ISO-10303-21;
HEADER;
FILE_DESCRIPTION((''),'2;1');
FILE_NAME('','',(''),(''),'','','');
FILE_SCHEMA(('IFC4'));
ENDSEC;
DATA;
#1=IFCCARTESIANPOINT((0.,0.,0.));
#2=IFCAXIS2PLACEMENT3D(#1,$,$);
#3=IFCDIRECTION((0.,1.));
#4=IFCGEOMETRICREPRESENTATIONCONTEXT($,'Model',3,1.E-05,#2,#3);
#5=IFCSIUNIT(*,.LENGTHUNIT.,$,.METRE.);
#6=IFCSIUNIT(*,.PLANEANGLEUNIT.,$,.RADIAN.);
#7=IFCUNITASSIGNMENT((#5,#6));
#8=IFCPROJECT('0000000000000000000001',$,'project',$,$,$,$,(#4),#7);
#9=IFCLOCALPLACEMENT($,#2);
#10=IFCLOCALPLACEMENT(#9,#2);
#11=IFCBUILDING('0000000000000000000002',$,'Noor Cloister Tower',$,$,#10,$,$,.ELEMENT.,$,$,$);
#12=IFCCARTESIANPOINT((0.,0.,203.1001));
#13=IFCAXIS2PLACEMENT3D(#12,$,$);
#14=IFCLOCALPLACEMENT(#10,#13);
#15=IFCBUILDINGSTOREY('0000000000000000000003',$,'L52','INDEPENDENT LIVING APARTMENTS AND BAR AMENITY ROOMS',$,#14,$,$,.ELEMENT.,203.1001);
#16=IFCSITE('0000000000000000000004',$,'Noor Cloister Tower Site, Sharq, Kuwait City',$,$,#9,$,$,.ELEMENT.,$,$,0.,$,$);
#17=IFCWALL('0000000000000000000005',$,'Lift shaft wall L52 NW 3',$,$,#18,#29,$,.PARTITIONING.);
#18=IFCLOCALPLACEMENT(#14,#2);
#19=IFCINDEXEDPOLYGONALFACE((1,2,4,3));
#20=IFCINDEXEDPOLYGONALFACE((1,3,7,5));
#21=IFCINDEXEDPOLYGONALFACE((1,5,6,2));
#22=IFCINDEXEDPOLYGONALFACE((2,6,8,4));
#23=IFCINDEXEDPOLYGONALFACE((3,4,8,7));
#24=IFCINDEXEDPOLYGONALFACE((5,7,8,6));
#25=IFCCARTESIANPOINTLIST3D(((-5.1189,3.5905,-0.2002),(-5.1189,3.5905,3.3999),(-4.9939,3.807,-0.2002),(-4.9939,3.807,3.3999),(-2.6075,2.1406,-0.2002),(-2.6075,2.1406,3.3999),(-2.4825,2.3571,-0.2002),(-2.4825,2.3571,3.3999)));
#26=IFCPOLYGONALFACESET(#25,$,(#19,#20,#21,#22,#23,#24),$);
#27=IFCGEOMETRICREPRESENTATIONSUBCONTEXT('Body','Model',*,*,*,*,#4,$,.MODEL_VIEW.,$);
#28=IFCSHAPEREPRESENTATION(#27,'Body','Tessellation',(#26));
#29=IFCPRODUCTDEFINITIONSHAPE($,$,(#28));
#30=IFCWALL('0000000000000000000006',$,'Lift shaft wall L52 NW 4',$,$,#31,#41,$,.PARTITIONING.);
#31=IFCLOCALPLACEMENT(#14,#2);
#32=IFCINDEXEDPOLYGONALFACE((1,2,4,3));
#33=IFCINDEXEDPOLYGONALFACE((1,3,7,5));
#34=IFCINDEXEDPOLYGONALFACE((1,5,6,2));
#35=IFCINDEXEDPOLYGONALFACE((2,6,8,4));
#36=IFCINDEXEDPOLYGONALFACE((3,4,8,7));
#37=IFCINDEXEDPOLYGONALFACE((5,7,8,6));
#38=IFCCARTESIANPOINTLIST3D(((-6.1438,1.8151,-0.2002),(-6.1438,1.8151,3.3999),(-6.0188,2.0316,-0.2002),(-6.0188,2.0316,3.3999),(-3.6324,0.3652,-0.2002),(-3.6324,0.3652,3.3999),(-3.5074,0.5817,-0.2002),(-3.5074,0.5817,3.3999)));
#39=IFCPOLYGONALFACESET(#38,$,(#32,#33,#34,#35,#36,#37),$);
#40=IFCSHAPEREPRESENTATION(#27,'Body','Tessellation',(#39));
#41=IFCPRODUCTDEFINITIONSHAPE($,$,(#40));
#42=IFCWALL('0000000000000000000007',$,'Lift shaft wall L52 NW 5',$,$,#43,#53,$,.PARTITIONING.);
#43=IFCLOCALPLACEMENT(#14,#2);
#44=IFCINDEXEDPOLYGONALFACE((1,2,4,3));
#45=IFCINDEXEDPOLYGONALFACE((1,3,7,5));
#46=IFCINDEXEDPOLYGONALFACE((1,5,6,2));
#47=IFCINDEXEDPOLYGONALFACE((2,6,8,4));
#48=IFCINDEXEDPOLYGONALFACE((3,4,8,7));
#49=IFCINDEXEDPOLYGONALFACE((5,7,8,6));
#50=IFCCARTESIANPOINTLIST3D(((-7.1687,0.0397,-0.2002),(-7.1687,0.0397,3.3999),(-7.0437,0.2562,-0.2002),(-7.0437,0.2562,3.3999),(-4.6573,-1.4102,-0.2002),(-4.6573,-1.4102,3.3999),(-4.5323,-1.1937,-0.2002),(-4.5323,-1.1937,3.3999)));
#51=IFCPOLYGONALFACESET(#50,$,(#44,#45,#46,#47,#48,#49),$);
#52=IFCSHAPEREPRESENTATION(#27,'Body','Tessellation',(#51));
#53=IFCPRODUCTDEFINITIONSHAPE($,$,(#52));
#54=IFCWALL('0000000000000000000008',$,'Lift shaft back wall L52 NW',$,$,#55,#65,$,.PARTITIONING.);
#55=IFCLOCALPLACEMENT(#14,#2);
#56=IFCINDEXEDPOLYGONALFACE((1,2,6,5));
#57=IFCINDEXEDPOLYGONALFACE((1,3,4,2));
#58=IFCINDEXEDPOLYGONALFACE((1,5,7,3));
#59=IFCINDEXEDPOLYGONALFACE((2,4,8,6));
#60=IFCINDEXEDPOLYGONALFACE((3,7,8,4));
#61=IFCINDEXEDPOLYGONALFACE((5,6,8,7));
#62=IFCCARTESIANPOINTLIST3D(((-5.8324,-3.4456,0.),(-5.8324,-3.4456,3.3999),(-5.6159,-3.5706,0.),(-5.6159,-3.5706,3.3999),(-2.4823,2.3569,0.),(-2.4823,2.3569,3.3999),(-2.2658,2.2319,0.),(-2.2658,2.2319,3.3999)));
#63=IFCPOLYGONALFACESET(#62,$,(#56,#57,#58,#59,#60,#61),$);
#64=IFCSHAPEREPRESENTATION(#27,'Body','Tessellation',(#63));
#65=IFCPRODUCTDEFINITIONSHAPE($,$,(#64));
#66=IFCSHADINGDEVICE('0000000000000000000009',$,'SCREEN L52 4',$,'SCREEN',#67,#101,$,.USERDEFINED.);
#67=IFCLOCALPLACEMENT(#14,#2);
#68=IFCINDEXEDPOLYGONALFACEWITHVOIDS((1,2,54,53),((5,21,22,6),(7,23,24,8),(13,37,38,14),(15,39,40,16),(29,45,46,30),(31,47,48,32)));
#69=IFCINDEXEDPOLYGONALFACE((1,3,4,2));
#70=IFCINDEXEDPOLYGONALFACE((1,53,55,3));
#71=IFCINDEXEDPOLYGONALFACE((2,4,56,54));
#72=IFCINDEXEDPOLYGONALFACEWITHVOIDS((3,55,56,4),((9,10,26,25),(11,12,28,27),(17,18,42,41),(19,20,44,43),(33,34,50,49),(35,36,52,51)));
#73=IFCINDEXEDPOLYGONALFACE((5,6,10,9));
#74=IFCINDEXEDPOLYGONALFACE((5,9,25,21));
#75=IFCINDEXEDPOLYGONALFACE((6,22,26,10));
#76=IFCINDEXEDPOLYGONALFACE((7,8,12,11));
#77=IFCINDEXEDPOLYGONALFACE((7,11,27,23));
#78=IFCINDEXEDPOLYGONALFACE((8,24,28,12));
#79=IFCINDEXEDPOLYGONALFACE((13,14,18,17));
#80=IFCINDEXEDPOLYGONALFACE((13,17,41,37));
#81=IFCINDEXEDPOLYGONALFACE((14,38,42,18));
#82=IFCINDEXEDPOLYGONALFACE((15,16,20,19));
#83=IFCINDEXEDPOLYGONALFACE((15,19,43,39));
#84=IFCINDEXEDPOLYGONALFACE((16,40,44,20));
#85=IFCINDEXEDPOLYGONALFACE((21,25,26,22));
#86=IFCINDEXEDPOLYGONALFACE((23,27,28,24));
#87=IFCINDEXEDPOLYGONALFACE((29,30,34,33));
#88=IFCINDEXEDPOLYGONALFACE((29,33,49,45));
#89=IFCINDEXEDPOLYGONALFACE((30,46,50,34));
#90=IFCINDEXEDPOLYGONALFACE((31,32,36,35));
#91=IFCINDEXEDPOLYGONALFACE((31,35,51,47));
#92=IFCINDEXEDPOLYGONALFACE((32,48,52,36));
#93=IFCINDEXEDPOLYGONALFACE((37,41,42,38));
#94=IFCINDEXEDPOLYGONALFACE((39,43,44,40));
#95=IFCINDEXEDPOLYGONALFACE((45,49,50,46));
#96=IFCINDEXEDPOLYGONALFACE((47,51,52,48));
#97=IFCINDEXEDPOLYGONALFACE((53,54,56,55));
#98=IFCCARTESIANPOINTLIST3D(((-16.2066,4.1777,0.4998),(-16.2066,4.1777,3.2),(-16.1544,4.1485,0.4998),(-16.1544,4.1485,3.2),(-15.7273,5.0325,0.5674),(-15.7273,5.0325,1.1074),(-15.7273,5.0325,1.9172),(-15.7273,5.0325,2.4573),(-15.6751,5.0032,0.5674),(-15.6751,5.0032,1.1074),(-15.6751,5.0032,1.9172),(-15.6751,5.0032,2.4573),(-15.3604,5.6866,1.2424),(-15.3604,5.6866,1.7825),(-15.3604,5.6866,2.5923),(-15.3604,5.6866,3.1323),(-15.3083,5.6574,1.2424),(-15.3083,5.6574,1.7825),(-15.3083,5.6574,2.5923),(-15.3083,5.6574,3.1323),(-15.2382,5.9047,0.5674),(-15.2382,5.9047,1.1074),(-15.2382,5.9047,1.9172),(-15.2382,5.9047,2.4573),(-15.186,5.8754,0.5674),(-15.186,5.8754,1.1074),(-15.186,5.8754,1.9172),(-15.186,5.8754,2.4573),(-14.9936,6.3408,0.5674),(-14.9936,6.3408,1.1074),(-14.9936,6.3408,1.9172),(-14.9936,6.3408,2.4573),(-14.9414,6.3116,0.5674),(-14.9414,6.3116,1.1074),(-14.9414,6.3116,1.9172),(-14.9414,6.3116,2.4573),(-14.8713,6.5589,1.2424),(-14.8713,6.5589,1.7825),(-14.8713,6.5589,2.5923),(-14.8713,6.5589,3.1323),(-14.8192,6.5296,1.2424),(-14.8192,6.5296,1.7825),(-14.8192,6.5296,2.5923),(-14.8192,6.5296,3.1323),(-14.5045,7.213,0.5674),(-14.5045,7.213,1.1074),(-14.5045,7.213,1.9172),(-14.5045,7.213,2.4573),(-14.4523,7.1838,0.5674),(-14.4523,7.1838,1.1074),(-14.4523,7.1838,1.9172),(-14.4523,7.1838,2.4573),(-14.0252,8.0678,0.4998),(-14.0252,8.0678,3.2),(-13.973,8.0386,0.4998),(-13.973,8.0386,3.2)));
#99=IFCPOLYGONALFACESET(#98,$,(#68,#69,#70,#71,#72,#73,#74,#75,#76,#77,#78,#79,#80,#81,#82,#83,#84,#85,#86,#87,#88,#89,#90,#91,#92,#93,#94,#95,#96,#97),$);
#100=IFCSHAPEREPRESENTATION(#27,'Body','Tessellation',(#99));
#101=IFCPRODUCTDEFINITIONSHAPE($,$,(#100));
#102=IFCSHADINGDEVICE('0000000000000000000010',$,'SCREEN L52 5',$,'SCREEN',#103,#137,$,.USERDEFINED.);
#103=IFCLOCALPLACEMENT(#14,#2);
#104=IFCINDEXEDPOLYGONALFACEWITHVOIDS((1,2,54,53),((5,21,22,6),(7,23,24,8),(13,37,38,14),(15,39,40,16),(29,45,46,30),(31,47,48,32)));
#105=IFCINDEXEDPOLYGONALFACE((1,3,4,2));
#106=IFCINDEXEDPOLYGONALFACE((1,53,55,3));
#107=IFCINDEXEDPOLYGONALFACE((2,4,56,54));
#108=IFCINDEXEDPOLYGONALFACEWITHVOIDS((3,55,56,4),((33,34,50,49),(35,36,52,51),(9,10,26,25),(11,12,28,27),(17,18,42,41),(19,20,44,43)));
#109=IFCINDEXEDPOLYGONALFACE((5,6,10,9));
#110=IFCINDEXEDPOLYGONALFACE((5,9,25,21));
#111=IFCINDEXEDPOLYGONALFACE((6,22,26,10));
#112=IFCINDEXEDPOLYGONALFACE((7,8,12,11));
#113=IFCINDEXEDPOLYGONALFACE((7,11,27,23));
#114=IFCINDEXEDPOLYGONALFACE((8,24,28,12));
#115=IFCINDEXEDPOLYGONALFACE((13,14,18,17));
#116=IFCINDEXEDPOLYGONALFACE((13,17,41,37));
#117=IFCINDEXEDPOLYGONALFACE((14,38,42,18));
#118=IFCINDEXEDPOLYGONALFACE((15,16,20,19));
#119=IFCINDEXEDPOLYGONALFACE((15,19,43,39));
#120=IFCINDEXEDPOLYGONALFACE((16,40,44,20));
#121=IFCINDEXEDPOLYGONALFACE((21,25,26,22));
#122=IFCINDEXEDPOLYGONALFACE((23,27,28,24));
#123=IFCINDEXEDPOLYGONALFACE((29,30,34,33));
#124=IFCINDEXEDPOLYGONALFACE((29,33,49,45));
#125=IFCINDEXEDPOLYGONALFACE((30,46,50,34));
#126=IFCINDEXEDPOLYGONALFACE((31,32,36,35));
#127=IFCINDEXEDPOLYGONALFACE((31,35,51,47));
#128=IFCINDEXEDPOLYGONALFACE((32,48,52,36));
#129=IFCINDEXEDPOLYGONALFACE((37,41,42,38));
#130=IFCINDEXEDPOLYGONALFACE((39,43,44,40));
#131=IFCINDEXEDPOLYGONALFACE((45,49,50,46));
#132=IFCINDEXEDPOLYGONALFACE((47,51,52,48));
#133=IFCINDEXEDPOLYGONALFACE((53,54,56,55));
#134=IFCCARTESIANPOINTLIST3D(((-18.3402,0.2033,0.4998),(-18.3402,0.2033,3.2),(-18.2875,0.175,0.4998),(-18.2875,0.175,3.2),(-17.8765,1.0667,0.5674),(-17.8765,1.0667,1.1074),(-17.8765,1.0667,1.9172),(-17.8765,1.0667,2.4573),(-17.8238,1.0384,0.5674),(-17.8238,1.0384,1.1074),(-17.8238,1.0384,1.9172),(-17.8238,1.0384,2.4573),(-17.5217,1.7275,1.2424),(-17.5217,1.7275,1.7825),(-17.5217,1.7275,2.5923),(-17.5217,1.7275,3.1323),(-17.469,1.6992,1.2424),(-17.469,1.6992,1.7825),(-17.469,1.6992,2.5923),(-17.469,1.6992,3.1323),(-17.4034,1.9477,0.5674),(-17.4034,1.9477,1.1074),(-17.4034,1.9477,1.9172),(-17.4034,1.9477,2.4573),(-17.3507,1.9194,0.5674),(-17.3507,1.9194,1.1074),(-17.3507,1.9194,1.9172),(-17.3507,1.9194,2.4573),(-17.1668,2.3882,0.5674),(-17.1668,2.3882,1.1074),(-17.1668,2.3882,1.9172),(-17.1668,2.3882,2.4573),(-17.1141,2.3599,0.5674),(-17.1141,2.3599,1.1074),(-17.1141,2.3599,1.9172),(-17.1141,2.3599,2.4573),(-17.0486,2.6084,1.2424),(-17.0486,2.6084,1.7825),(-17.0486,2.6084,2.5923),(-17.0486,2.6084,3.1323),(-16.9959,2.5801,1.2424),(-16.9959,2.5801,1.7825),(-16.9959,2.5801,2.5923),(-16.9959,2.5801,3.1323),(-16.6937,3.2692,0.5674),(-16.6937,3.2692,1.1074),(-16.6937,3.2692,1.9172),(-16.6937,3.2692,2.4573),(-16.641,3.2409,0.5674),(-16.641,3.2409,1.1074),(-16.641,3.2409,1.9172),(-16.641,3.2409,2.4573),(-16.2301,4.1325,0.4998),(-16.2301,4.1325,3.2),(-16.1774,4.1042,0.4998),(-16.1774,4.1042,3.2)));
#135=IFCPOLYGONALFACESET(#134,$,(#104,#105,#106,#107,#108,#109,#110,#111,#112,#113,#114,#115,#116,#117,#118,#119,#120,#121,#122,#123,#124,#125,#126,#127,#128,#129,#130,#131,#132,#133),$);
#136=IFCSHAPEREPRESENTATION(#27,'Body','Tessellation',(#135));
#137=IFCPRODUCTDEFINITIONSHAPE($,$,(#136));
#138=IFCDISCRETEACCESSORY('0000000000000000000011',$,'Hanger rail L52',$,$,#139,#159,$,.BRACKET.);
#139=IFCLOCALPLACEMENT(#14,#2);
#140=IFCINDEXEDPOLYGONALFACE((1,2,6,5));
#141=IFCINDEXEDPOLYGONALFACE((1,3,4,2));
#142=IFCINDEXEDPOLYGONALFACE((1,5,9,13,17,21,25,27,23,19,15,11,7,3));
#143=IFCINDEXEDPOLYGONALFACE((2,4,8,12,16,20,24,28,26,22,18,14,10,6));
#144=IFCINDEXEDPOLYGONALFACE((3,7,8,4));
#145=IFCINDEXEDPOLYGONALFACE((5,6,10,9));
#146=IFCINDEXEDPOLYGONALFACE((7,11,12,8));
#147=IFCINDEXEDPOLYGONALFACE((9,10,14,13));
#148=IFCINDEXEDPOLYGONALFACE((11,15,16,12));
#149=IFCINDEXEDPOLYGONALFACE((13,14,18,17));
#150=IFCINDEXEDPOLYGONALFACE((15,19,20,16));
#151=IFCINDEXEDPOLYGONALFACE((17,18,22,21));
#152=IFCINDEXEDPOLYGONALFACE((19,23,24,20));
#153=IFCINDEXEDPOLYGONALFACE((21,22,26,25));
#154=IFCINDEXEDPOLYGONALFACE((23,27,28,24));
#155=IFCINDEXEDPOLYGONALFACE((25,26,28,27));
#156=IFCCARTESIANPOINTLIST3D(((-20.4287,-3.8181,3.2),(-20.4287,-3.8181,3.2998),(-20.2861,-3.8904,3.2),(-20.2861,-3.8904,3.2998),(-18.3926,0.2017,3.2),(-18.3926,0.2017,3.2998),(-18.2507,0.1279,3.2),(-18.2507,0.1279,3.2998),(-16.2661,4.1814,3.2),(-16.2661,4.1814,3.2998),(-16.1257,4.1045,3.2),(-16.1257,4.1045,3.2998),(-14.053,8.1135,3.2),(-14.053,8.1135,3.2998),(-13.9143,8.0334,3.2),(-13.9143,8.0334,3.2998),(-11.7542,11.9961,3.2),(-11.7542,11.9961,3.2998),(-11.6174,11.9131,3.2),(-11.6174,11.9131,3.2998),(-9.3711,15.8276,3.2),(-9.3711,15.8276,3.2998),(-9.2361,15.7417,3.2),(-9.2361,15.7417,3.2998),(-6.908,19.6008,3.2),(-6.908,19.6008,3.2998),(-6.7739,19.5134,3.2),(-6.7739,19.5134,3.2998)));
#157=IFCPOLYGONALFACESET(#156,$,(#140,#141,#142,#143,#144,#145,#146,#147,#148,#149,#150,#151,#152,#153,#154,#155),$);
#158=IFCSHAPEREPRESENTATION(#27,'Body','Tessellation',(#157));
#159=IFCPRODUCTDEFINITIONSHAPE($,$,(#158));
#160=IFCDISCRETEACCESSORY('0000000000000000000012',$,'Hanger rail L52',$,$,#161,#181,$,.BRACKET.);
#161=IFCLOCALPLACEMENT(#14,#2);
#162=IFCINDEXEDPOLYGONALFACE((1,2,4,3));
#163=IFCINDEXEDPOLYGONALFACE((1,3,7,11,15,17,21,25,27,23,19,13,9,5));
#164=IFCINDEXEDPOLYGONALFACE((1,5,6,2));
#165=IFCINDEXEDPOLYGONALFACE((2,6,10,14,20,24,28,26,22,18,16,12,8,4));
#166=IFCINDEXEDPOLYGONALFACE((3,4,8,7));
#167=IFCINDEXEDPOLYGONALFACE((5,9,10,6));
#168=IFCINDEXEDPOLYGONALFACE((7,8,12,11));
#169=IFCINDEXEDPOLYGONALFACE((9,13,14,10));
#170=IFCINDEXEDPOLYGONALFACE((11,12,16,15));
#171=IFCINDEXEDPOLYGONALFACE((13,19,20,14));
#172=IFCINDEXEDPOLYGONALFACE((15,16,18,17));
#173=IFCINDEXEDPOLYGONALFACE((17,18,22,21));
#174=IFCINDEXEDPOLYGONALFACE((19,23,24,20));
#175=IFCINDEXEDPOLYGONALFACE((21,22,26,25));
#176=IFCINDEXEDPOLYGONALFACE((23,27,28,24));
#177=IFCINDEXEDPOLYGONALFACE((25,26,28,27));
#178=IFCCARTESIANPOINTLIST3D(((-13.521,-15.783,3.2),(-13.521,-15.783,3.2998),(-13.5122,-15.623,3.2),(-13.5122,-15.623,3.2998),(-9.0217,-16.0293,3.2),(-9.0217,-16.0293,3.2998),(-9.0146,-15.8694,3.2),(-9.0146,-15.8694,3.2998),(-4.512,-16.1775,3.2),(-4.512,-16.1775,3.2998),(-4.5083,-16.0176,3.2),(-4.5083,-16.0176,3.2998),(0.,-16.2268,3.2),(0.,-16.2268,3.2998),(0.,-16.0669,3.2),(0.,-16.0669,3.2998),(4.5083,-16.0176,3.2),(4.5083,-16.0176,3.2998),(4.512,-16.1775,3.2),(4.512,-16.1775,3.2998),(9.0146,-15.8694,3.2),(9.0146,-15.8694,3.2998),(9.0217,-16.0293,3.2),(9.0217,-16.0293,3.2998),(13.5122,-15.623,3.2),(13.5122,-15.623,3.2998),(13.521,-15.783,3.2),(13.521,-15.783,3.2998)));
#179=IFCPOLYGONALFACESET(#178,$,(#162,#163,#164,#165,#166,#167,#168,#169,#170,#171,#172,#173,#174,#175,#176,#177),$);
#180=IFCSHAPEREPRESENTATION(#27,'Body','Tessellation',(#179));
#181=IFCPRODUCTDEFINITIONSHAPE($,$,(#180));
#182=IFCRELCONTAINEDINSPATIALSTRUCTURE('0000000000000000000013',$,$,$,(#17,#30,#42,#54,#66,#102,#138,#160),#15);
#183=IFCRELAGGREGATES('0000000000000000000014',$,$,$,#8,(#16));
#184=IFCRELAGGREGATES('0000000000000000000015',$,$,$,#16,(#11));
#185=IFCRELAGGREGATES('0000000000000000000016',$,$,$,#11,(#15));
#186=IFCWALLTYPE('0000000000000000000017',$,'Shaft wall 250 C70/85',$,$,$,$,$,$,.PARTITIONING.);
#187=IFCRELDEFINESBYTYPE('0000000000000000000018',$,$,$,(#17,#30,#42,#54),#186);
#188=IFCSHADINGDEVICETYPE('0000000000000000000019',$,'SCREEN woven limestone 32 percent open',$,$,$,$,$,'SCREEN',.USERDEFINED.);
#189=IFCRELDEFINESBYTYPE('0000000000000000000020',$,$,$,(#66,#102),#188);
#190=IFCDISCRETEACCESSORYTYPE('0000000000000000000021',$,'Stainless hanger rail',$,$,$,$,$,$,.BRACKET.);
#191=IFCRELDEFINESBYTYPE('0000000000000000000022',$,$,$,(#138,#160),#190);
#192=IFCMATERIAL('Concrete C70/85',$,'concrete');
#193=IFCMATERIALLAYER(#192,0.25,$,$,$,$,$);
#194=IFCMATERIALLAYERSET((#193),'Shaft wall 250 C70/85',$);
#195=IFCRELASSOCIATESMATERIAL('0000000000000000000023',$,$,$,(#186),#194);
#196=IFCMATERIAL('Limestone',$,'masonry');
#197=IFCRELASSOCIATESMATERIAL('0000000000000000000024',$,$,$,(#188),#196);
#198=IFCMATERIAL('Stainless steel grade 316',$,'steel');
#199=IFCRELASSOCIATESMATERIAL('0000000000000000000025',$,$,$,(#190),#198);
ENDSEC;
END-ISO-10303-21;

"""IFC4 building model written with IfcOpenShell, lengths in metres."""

from ifc_helpers import new_model, si_unit, direction, frame, frame_2d, origin, place, context, subcontext, project, spatial, polyline, rectangle, outline, extrude, material, layer, layer_set, material_profile, profile_set, type_object, element, save


model = new_model("IFC4")

# Units and contexts
model_context = context("Model", 3, precision=1e-05, world=origin(), true_north=direction((0.0, 1.0)))
body_context = subcontext(model_context, "Body", "Model", "MODEL_VIEW")
ifc_project = project(units=[si_unit("LENGTHUNIT", "METRE"), si_unit("PLANEANGLEUNIT", "RADIAN")], contexts=[model_context])

# Site, building, storey
site_placement = place(None, origin())
site = spatial("IfcSite", under=ifc_project, at=site_placement, Name="Noor Cloister Tower Site, Sharq, Kuwait City", CompositionType="ELEMENT", RefElevation=0.0)
building_placement = place(site_placement, origin())
building = spatial("IfcBuilding", under=site, at=building_placement, Name="Noor Cloister Tower", CompositionType="ELEMENT")
storey_placement = place(building_placement, frame((0.0, 0.0, 203.1001)))
storey = spatial("IfcBuildingStorey", under=building, at=storey_placement, Name="L52", Description="INDEPENDENT LIVING APARTMENTS AND BAR AMENITY ROOMS", CompositionType="ELEMENT", Elevation=203.1001)

# Walls
ifc_material_1 = material(Name="Concrete C70/85", Category="concrete")
ifc_layer_1 = layer(ifc_material_1, 0.25)
ifc_layer_set_1 = layer_set([ifc_layer_1], Name="Shaft wall 250 C70/85")
wall_type_1 = type_object("IfcWallType", Name="Shaft wall 250 C70/85", PredefinedType="PARTITIONING", material=ifc_layer_set_1)
for number, where, z_axis, x_axis, name in (
    (1, (-5.0564, 3.6987, -0.2002), (0.0, 0.0, 1.0), (0.866033, -0.499987, 0.0), "Lift shaft wall L52 NW 3"),
    (2, (-6.0813, 1.9233, -0.2002), (0.0, 0.0, 1.0), (0.866033, -0.499987, 0.0), "Lift shaft wall L52 NW 4"),
    (3, (-7.1062, 0.1479, -0.2002), (0.0, 0.0, 1.0), (0.866033, -0.499987, 0.0), "Lift shaft wall L52 NW 5"),
):
    element("IfcWall", number, at=place(storey_placement, frame(where, z_axis=z_axis, x_axis=x_axis)), inside=storey, type_object=wall_type_1, Name=name, PredefinedType="PARTITIONING", context=body_context, shape_type="SweptSolid", body=[
        extrude(rectangle(XDim=2.8999, YDim=0.25, at=frame_2d((1.45, 0.0))), origin(), (0.0, 0.0, 1.0), 3.6001),
    ])
wall_1_placement = place(storey_placement, frame((-2.374, 2.2944, 0.0), z_axis=(0.0, 0.0, 1.0), x_axis=(-0.500003, -0.866024, 0.0)))
element("IfcWall", 4, at=wall_1_placement, inside=storey, type_object=wall_type_1, Name="Lift shaft back wall L52 NW", PredefinedType="PARTITIONING", context=body_context, shape_type="SweptSolid", body=[
    extrude(rectangle(XDim=6.7002, YDim=0.25, at=frame_2d((3.3501, 0.0))), origin(), (0.0, 0.0, 1.0), 3.3999),
])

# Shading devices
ifc_material_2 = material(Name="Limestone", Category="masonry")
ifc_material_profile_1 = material_profile(ifc_material_2, outline(polyline([(-2.23, -1.3501), (2.23, -1.3501), (2.23, 1.3501), (-2.23, 1.3501), (-2.23, -1.3501)]), holes=[polyline([(-1.25, -1.2825), (-0.25, -1.2825), (-0.25, -0.7424), (-1.25, -0.7424), (-1.25, -1.2825)]), polyline([(0.25, -1.2825), (1.25, -1.2825), (1.25, -0.7424), (0.25, -0.7424), (0.25, -1.2825)]), polyline([(-0.5, -0.6074), (0.5, -0.6074), (0.5, -0.0674), (-0.5, -0.0674), (-0.5, -0.6074)]), polyline([(-1.25, 0.0674), (-0.25, 0.0674), (-0.25, 0.6074), (-1.25, 0.6074), (-1.25, 0.0674)]), polyline([(0.25, 0.0674), (1.25, 0.0674), (1.25, 0.6074), (0.25, 0.6074), (0.25, 0.0674)]), polyline([(-0.5, 0.7424), (0.5, 0.7424), (0.5, 1.2825), (-0.5, 1.2825), (-0.5, 0.7424)])]), Name="Woven screen 32 percent open")
ifc_profile_set_1 = profile_set([ifc_material_profile_1], Name="Limestone")
shading_device_type = type_object("IfcShadingDeviceType", Name="SCREEN woven limestone 32 percent open", ElementType="SCREEN", PredefinedType="USERDEFINED", material=ifc_profile_set_1)
for number, where, z_axis, x_axis, name in (
    (5, (-15.0637, 6.0935, 1.8499), (-0.872228, 0.4891, 0.0), (-0.4891, -0.872228, 0.0), "SCREEN L52 4"),
    (6, (-17.2324, 2.1396, 1.8499), (-0.880994, 0.473127, 0.0), (-0.473127, -0.880994, 0.0), "SCREEN L52 5"),
):
    element("IfcShadingDevice", number, at=place(storey_placement, frame(where, z_axis=z_axis, x_axis=x_axis)), inside=storey, type_object=shading_device_type, Name=name, ObjectType="SCREEN", PredefinedType="USERDEFINED", context=body_context, shape_type="SweptSolid", body=[
        extrude(outline(polyline([(-2.23, -1.3501), (2.23, -1.3501), (2.23, 1.3501), (-2.23, 1.3501), (-2.23, -1.3501)]), holes=[polyline([(-1.25, -1.2825), (-0.25, -1.2825), (-0.25, -0.7424), (-1.25, -0.7424), (-1.25, -1.2825)]), polyline([(0.25, -1.2825), (1.25, -1.2825), (1.25, -0.7424), (0.25, -0.7424), (0.25, -1.2825)]), polyline([(-0.5, -0.6074), (0.5, -0.6074), (0.5, -0.0674), (-0.5, -0.0674), (-0.5, -0.6074)]), polyline([(-1.25, 0.0674), (-0.25, 0.0674), (-0.25, 0.6074), (-1.25, 0.6074), (-1.25, 0.0674)]), polyline([(0.25, 0.0674), (1.25, 0.0674), (1.25, 0.6074), (0.25, 0.6074), (0.25, 0.0674)]), polyline([(-0.5, 0.7424), (0.5, 0.7424), (0.5, 1.2825), (-0.5, 1.2825), (-0.5, 0.7424)])]), origin(), (0.0, 0.0, 1.0), 0.0598),
    ])

# Discrete accessories
ifc_material_3 = material(Name="Stainless steel grade 316", Category="steel")
discrete_accessory_type = type_object("IfcDiscreteAccessoryType", Name="Stainless hanger rail", PredefinedType="BRACKET", material=ifc_material_3)
discrete_accessory_1_placement = place(storey_placement, frame((0.0, 0.0, 3.2)))
element("IfcDiscreteAccessory", 7, at=discrete_accessory_1_placement, inside=storey, type_object=discrete_accessory_type, Name="Hanger rail L52", PredefinedType="BRACKET", context=body_context, shape_type="SweptSolid", body=[
    extrude(outline(polyline([(-6.908, 19.6008), (-9.3711, 15.8276), (-11.7542, 11.9961), (-14.053, 8.1135), (-16.2661, 4.1814), (-18.3926, 0.2017), (-20.4287, -3.8181), (-20.2861, -3.8904), (-18.2507, 0.1279), (-16.1257, 4.1045), (-13.9143, 8.0334), (-11.6174, 11.9131), (-9.2361, 15.7417), (-6.7739, 19.5134), (-6.908, 19.6008)])), origin(), (0.0, 0.0, 1.0), 0.0999),
])
discrete_accessory_2_placement = place(storey_placement, frame((0.0, 0.0, 3.2)))
element("IfcDiscreteAccessory", 8, at=discrete_accessory_2_placement, inside=storey, type_object=discrete_accessory_type, Name="Hanger rail L52", PredefinedType="BRACKET", context=body_context, shape_type="SweptSolid", body=[
    extrude(outline(polyline([(-13.521, -15.783), (-9.0217, -16.0293), (-4.512, -16.1775), (0.0, -16.2268), (4.512, -16.1775), (9.0217, -16.0293), (13.521, -15.783), (13.5122, -15.623), (9.0146, -15.8694), (4.5083, -16.0176), (0.0, -16.0669), (-4.5083, -16.0176), (-9.0146, -15.8694), (-13.5122, -15.623), (-13.521, -15.783)])), origin(), (0.0, 0.0, 1.0), 0.0999),
])

save(model, "model.ifc")
